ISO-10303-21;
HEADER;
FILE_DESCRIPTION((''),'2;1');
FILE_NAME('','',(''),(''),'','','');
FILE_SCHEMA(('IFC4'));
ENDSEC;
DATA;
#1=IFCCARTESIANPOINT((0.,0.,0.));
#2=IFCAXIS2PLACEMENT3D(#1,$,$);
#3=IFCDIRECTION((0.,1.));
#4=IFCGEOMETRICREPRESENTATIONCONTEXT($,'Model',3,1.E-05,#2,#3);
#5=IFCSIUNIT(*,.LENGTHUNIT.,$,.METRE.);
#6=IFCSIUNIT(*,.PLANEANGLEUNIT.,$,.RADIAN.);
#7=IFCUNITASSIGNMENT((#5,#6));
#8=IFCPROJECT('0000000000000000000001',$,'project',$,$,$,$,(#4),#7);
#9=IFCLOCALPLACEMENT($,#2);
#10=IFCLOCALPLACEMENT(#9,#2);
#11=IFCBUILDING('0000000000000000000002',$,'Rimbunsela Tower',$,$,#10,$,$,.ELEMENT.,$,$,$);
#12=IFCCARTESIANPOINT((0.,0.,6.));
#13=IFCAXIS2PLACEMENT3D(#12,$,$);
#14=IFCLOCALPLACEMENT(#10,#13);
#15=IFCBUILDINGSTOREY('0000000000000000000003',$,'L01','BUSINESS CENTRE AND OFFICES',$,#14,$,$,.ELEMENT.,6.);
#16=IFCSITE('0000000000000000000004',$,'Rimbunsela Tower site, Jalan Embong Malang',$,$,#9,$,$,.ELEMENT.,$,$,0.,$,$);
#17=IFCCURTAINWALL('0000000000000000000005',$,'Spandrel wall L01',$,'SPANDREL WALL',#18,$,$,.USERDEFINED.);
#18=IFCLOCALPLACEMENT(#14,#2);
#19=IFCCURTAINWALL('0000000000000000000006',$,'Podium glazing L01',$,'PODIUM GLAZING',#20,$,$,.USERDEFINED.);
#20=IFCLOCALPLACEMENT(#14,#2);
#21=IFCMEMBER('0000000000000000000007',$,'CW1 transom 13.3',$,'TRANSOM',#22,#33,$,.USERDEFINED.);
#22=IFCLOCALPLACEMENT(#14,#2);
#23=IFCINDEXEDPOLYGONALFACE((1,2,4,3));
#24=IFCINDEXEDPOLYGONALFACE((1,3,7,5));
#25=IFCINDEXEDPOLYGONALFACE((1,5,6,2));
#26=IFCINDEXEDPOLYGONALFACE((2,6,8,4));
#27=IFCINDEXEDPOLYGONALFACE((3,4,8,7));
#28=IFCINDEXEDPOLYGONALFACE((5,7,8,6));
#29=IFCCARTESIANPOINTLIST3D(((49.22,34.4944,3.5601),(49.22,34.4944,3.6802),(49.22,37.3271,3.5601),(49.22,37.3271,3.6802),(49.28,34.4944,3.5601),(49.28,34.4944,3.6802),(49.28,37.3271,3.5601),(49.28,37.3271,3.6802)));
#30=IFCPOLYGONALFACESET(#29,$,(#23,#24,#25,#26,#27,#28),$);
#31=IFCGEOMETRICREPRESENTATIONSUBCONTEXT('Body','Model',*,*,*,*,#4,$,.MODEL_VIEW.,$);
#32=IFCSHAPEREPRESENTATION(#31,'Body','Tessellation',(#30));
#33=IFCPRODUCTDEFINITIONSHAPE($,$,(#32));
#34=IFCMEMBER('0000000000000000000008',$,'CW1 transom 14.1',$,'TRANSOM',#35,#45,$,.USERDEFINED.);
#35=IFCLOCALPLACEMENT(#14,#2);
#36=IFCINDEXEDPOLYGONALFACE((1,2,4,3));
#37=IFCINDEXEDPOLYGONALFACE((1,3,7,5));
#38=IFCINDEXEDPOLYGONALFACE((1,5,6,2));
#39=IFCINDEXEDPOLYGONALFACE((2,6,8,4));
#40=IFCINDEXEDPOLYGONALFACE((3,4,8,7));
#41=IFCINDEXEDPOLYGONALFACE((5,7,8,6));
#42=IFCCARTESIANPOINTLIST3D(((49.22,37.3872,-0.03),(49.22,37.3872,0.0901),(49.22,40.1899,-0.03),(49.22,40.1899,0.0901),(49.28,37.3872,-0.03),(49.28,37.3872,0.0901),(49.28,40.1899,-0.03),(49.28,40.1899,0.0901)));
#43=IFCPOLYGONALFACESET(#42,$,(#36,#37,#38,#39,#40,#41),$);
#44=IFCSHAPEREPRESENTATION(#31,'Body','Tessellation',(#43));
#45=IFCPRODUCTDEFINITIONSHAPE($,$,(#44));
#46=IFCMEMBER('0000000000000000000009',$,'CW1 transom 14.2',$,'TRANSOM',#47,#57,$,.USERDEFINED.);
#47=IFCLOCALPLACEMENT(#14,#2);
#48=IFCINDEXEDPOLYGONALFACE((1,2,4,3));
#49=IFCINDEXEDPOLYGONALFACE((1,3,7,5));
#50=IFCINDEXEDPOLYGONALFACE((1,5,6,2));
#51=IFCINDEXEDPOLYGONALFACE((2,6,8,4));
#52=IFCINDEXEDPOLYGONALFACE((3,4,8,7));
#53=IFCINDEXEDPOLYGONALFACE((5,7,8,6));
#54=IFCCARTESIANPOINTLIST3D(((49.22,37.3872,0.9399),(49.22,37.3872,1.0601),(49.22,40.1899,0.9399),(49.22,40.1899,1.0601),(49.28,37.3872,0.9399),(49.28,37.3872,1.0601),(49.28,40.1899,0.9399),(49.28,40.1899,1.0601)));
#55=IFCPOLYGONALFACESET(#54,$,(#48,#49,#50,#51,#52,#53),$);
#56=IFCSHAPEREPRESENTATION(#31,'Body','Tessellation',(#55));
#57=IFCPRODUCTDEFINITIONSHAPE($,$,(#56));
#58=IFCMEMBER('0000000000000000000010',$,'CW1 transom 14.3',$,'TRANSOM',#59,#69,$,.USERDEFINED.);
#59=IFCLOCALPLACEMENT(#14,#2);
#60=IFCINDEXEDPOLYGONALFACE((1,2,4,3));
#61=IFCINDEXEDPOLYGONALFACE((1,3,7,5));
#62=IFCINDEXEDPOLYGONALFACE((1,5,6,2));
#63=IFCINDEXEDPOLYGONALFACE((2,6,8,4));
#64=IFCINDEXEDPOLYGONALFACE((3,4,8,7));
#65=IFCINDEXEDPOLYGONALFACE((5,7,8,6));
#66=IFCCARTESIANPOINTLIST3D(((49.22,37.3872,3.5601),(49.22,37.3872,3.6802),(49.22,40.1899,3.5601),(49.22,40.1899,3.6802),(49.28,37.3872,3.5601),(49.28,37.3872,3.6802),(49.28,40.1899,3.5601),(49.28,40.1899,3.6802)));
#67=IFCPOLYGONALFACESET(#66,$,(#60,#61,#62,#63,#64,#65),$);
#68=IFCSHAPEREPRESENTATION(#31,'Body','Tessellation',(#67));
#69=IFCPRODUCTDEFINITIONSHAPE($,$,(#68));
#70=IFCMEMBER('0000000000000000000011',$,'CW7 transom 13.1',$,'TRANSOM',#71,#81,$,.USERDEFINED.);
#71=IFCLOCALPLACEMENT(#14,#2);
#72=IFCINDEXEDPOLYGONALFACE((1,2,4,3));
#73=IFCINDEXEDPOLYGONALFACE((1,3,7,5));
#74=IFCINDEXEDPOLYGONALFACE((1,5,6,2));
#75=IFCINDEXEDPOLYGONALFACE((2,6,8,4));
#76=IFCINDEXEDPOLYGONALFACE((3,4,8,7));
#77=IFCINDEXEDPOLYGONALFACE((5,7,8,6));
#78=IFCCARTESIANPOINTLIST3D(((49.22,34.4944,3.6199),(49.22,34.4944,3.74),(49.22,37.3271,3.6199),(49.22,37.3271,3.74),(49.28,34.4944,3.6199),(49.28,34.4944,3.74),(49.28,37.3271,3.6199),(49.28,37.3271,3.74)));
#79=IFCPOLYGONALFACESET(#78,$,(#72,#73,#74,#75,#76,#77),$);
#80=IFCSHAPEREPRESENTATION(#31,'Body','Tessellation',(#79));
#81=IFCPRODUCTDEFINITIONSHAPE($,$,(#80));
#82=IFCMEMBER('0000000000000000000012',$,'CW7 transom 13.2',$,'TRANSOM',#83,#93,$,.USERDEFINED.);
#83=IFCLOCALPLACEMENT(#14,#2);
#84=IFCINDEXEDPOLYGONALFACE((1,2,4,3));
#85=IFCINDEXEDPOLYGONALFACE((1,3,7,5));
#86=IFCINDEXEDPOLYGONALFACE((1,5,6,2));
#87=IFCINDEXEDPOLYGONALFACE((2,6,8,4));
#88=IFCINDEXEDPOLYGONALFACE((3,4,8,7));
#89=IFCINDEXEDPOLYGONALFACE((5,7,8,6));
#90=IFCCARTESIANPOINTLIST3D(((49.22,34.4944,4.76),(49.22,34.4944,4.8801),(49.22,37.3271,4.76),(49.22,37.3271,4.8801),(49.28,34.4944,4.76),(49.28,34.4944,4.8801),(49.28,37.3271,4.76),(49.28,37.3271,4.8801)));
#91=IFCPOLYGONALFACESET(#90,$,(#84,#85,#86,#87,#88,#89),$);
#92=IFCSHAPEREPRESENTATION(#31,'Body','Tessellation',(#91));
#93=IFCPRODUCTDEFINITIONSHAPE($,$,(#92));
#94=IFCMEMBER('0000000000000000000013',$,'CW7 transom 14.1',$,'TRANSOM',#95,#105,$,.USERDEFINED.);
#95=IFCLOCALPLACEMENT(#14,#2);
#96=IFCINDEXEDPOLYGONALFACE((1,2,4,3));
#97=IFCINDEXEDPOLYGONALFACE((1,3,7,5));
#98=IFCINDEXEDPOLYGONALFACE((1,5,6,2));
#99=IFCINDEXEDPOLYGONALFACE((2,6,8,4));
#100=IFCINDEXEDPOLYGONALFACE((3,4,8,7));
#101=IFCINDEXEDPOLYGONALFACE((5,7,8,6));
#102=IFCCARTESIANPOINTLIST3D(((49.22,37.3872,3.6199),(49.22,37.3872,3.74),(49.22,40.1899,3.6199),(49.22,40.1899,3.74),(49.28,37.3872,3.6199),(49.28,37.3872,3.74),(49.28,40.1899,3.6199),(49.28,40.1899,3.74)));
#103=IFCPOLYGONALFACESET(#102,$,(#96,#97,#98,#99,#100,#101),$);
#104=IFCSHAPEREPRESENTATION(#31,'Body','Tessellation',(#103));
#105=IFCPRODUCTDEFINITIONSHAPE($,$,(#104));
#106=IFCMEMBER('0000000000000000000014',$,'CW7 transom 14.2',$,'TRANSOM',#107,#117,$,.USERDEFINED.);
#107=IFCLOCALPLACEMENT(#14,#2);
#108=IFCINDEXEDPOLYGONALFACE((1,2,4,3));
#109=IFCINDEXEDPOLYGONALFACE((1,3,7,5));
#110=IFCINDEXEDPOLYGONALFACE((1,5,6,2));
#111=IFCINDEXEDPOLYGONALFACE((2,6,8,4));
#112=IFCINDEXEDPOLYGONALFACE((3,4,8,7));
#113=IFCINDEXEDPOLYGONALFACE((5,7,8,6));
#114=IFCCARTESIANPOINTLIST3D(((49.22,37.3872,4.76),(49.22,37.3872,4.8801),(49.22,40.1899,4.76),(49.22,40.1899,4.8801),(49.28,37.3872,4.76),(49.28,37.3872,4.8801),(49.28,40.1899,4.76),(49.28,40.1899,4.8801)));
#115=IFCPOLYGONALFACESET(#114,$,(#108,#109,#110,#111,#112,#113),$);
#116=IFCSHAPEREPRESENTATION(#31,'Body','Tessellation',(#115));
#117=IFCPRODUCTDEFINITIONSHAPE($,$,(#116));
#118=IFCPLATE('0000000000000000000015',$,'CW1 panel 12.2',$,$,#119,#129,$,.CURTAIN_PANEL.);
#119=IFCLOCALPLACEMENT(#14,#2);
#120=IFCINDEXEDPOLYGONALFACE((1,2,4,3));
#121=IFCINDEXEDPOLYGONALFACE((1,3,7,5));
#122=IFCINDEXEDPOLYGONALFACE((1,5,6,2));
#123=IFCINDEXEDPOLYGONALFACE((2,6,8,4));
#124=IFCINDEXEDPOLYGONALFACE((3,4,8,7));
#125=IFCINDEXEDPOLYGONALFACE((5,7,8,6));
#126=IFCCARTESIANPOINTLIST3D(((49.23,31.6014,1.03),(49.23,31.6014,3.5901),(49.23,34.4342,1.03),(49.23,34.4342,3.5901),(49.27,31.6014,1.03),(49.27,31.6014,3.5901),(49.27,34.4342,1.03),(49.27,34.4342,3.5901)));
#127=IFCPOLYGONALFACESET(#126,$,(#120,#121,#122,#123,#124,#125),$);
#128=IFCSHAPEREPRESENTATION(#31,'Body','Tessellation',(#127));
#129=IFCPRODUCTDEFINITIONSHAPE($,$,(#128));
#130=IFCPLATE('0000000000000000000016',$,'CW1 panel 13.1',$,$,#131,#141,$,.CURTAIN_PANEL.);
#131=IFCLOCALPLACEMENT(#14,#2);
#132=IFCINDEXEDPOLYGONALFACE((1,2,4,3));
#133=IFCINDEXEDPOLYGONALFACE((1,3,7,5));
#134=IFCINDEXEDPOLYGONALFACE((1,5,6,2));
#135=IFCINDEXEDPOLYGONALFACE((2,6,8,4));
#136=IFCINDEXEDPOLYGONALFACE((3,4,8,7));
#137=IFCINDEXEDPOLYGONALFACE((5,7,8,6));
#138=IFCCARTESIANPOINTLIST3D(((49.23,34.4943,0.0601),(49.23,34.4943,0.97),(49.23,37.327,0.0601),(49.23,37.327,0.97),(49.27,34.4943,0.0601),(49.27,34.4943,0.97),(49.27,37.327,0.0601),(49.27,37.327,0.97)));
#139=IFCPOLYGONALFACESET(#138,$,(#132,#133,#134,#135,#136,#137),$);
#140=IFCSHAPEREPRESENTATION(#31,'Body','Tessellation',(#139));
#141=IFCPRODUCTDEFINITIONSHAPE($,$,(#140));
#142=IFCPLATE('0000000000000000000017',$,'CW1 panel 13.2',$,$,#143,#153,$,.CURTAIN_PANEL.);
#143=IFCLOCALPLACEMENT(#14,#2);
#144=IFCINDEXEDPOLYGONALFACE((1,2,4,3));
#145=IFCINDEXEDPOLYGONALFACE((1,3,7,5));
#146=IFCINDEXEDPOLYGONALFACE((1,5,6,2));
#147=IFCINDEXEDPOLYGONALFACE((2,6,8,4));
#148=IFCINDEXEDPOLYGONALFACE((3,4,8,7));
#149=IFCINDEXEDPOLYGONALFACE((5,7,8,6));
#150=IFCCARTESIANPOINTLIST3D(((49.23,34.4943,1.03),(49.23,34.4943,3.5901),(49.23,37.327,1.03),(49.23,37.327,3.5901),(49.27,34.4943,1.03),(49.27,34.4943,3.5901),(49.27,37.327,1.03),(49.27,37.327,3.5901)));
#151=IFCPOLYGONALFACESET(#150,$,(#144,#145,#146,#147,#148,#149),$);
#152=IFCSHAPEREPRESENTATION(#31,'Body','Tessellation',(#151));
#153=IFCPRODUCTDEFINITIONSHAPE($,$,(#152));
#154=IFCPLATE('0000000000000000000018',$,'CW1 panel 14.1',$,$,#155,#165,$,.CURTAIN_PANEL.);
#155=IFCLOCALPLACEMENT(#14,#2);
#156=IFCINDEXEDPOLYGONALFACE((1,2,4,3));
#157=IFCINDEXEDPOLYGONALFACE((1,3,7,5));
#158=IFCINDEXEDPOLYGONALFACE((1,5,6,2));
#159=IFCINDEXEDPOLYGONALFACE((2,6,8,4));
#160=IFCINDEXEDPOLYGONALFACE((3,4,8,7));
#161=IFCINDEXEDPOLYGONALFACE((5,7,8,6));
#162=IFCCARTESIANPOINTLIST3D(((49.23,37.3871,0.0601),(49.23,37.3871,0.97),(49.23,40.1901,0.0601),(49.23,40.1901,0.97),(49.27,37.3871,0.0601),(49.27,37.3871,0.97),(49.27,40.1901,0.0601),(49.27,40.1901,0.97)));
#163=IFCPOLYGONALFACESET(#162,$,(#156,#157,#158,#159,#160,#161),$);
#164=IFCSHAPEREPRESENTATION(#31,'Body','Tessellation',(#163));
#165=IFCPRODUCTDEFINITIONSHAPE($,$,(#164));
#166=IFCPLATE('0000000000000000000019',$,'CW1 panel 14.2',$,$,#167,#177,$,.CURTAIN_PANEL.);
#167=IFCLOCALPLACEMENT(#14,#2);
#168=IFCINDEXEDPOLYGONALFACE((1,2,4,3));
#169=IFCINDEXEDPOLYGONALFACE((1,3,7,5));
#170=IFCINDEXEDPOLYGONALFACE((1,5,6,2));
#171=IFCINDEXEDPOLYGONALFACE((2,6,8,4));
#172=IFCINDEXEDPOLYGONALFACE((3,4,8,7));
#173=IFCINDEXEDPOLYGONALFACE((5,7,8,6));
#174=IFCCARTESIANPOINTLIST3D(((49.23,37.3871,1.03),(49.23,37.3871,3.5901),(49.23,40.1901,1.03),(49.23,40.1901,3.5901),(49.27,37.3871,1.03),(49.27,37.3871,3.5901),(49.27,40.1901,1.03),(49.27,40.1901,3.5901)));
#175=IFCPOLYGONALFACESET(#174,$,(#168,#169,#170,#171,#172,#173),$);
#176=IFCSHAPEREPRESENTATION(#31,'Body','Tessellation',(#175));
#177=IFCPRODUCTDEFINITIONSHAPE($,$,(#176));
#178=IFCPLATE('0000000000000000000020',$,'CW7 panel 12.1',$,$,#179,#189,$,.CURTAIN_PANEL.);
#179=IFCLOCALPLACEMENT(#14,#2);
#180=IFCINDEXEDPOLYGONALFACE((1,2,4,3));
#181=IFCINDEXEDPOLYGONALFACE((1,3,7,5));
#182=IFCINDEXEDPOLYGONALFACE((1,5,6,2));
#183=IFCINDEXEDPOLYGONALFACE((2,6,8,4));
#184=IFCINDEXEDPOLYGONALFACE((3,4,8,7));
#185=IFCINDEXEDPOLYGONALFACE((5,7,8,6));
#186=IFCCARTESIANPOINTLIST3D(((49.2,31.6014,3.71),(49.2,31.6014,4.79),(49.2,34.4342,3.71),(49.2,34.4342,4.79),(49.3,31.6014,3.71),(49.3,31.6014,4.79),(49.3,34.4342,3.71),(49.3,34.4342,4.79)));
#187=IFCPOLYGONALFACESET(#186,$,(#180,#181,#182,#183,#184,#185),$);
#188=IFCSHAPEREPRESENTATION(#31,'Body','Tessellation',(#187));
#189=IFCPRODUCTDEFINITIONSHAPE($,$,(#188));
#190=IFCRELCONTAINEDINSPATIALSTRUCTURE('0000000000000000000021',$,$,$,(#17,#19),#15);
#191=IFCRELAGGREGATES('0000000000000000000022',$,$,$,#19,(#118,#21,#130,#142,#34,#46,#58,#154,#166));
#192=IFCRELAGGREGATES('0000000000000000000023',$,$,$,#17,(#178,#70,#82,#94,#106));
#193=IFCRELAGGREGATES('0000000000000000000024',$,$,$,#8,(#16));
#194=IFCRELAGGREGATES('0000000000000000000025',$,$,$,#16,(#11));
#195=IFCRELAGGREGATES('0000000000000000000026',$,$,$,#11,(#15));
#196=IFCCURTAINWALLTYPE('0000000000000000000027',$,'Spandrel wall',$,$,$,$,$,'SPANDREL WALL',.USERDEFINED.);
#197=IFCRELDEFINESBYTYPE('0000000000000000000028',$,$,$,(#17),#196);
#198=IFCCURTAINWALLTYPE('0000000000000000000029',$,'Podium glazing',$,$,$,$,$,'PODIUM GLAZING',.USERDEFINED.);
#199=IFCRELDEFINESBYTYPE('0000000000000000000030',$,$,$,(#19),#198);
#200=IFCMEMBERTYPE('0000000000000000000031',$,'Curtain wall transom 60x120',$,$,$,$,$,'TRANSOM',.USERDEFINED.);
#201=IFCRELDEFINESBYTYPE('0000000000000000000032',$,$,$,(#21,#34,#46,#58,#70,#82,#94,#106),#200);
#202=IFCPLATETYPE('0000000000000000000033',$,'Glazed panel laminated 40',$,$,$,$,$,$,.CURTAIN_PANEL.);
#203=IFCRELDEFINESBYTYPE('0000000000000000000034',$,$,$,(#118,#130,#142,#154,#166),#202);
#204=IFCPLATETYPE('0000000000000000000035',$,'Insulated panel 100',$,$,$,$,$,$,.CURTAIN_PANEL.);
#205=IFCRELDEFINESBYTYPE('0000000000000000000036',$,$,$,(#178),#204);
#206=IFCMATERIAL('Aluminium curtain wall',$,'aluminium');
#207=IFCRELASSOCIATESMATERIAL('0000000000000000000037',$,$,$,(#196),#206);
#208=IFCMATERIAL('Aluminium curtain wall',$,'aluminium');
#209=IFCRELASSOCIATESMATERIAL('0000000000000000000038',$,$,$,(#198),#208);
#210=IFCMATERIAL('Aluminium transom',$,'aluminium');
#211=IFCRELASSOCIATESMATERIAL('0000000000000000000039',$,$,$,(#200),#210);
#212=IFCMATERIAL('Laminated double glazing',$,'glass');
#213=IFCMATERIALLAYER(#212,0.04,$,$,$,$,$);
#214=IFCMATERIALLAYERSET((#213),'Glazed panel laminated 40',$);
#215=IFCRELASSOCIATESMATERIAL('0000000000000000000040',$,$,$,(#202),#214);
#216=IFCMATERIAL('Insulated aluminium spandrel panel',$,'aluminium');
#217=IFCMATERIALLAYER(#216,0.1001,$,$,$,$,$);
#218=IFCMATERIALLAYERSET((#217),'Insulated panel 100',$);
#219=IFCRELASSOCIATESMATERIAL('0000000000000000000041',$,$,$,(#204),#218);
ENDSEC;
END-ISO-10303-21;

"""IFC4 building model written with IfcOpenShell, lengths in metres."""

from ifc_helpers import new_model, si_unit, direction, frame, origin, origin_2d, place, context, subcontext, project, spatial, rectangle, extrude, material, layer, layer_set, material_profile, profile_set, type_object, element, aggregate, save


model = new_model("IFC4")

# Units and contexts
model_context = context("Model", 3, precision=1e-05, world=origin(), true_north=direction((0.0, 1.0)))
body_context = subcontext(model_context, "Body", "Model", "MODEL_VIEW")
ifc_project = project(units=[si_unit("LENGTHUNIT", "METRE"), si_unit("PLANEANGLEUNIT", "RADIAN")], contexts=[model_context])

# Site, building, storey
site_placement = place(None, origin())
site = spatial("IfcSite", under=ifc_project, at=site_placement, Name="Rimbunsela Tower site, Jalan Embong Malang", CompositionType="ELEMENT", RefElevation=0.0)
building_placement = place(site_placement, origin())
building = spatial("IfcBuilding", under=site, at=building_placement, Name="Rimbunsela Tower", CompositionType="ELEMENT")
storey_placement = place(building_placement, frame((0.0, 0.0, 6.0)))
storey = spatial("IfcBuildingStorey", under=building, at=storey_placement, Name="L01", Description="BUSINESS CENTRE AND OFFICES", CompositionType="ELEMENT", Elevation=6.0)

# Curtain walls, members
ifc_material_1 = material(Name="Aluminium curtain wall", Category="aluminium")
curtain_wall_type_1 = type_object("IfcCurtainWallType", Name="Spandrel wall", ElementType="SPANDREL WALL", PredefinedType="USERDEFINED", material=ifc_material_1)
curtain_wall_1_placement = place(storey_placement, origin())
curtain_wall_1 = element("IfcCurtainWall", 1, at=curtain_wall_1_placement, inside=storey, type_object=curtain_wall_type_1, Name="Spandrel wall L01", ObjectType="SPANDREL WALL", PredefinedType="USERDEFINED")
ifc_material_2 = material(Name="Aluminium curtain wall", Category="aluminium")
curtain_wall_type_2 = type_object("IfcCurtainWallType", Name="Podium glazing", ElementType="PODIUM GLAZING", PredefinedType="USERDEFINED", material=ifc_material_2)
curtain_wall_2_placement = place(storey_placement, origin())
curtain_wall_2 = element("IfcCurtainWall", 2, at=curtain_wall_2_placement, inside=storey, type_object=curtain_wall_type_2, Name="Podium glazing L01", ObjectType="PODIUM GLAZING", PredefinedType="USERDEFINED")
ifc_material_3 = material(Name="Aluminium transom", Category="aluminium")
ifc_material_profile_1 = material_profile(ifc_material_3, rectangle(XDim=0.0601, YDim=0.1201, at=origin_2d()), Name="Transom 60x120")
ifc_profile_set_1 = profile_set([ifc_material_profile_1], Name="Aluminium transom")
member_type_1 = type_object("IfcMemberType", Name="Curtain wall transom 60x120", ElementType="TRANSOM", PredefinedType="USERDEFINED", material=ifc_profile_set_1)
member_1_placement = place(storey_placement, frame((49.25, 34.4944, 3.6201), z_axis=(0.0, 1.0, 0.0), x_axis=(-1.0, 0.0, 0.0)))
member_1 = element("IfcMember", 3, at=member_1_placement, type_object=member_type_1, Name="CW1 transom 13.3", ObjectType="TRANSOM", PredefinedType="USERDEFINED", context=body_context, shape_type="SweptSolid", body=[
    extrude(rectangle(XDim=0.0601, YDim=0.1201, at=origin_2d()), origin(), (0.0, 0.0, 1.0), 2.8328),
])
member_2_placement = place(storey_placement, frame((49.25, 37.3872, 0.03), z_axis=(0.0, 1.0, 0.0), x_axis=(-1.0, 0.0, 0.0)))
member_2 = element("IfcMember", 4, at=member_2_placement, type_object=member_type_1, Name="CW1 transom 14.1", ObjectType="TRANSOM", PredefinedType="USERDEFINED", context=body_context, shape_type="SweptSolid", body=[
    extrude(rectangle(XDim=0.0601, YDim=0.1201, at=origin_2d()), origin(), (0.0, 0.0, 1.0), 2.8027),
])
member_3_placement = place(storey_placement, frame((49.25, 37.3872, 1.0), z_axis=(0.0, 1.0, 0.0), x_axis=(-1.0, 0.0, 0.0)))
member_3 = element("IfcMember", 5, at=member_3_placement, type_object=member_type_1, Name="CW1 transom 14.2", ObjectType="TRANSOM", PredefinedType="USERDEFINED", context=body_context, shape_type="SweptSolid", body=[
    extrude(rectangle(XDim=0.0601, YDim=0.1201, at=origin_2d()), origin(), (0.0, 0.0, 1.0), 2.8027),
])
member_4_placement = place(storey_placement, frame((49.25, 37.3872, 3.6201), z_axis=(0.0, 1.0, 0.0), x_axis=(-1.0, 0.0, 0.0)))
member_4 = element("IfcMember", 6, at=member_4_placement, type_object=member_type_1, Name="CW1 transom 14.3", ObjectType="TRANSOM", PredefinedType="USERDEFINED", context=body_context, shape_type="SweptSolid", body=[
    extrude(rectangle(XDim=0.0601, YDim=0.1201, at=origin_2d()), origin(), (0.0, 0.0, 1.0), 2.8027),
])

# Members
member_5_placement = place(storey_placement, frame((49.25, 34.4944, 3.6799), z_axis=(0.0, 1.0, 0.0), x_axis=(-1.0, 0.0, 0.0)))
member_5 = element("IfcMember", 7, at=member_5_placement, type_object=member_type_1, Name="CW7 transom 13.1", ObjectType="TRANSOM", PredefinedType="USERDEFINED", context=body_context, shape_type="SweptSolid", body=[
    extrude(rectangle(XDim=0.0601, YDim=0.1201, at=origin_2d()), origin(), (0.0, 0.0, 1.0), 2.8328),
])
member_6_placement = place(storey_placement, frame((49.25, 34.4944, 4.8201), z_axis=(0.0, 1.0, 0.0), x_axis=(-1.0, 0.0, 0.0)))
member_6 = element("IfcMember", 8, at=member_6_placement, type_object=member_type_1, Name="CW7 transom 13.2", ObjectType="TRANSOM", PredefinedType="USERDEFINED", context=body_context, shape_type="SweptSolid", body=[
    extrude(rectangle(XDim=0.0601, YDim=0.1201, at=origin_2d()), origin(), (0.0, 0.0, 1.0), 2.8328),
])
member_7_placement = place(storey_placement, frame((49.25, 37.3872, 3.6799), z_axis=(0.0, 1.0, 0.0), x_axis=(-1.0, 0.0, 0.0)))
member_7 = element("IfcMember", 9, at=member_7_placement, type_object=member_type_1, Name="CW7 transom 14.1", ObjectType="TRANSOM", PredefinedType="USERDEFINED", context=body_context, shape_type="SweptSolid", body=[
    extrude(rectangle(XDim=0.0601, YDim=0.1201, at=origin_2d()), origin(), (0.0, 0.0, 1.0), 2.8027),
])
member_8_placement = place(storey_placement, frame((49.25, 37.3872, 4.8201), z_axis=(0.0, 1.0, 0.0), x_axis=(-1.0, 0.0, 0.0)))
member_8 = element("IfcMember", 10, at=member_8_placement, type_object=member_type_1, Name="CW7 transom 14.2", ObjectType="TRANSOM", PredefinedType="USERDEFINED", context=body_context, shape_type="SweptSolid", body=[
    extrude(rectangle(XDim=0.0601, YDim=0.1201, at=origin_2d()), origin(), (0.0, 0.0, 1.0), 2.8027),
])

# Plates
ifc_material_4 = material(Name="Laminated double glazing", Category="glass")
ifc_layer_1 = layer(ifc_material_4, 0.04)
ifc_layer_set_1 = layer_set([ifc_layer_1], Name="Glazed panel laminated 40")
plate_type_1 = type_object("IfcPlateType", Name="Glazed panel laminated 40", PredefinedType="CURTAIN_PANEL", material=ifc_layer_set_1)
plate_1_placement = place(storey_placement, frame((49.25, 33.0178, 1.03), z_axis=(0.0, 0.0, 1.0), x_axis=(0.0, 1.0, 0.0)))
plate_1 = element("IfcPlate", 11, at=plate_1_placement, type_object=plate_type_1, Name="CW1 panel 12.2", PredefinedType="CURTAIN_PANEL", context=body_context, shape_type="SweptSolid", body=[
    extrude(rectangle(XDim=2.8328, YDim=0.04, at=origin_2d()), origin(), (0.0, 0.0, 1.0), 2.5601),
])
plate_2_placement = place(storey_placement, frame((49.25, 35.9106, 0.0601), z_axis=(0.0, 0.0, 1.0), x_axis=(0.0, 1.0, 0.0)))
plate_2 = element("IfcPlate", 12, at=plate_2_placement, type_object=plate_type_1, Name="CW1 panel 13.1", PredefinedType="CURTAIN_PANEL", context=body_context, shape_type="SweptSolid", body=[
    extrude(rectangle(XDim=2.8328, YDim=0.04, at=origin_2d()), origin(), (0.0, 0.0, 1.0), 0.9099),
])
plate_3_placement = place(storey_placement, frame((49.25, 35.9106, 1.03), z_axis=(0.0, 0.0, 1.0), x_axis=(0.0, 1.0, 0.0)))
plate_3 = element("IfcPlate", 13, at=plate_3_placement, type_object=plate_type_1, Name="CW1 panel 13.2", PredefinedType="CURTAIN_PANEL", context=body_context, shape_type="SweptSolid", body=[
    extrude(rectangle(XDim=2.8328, YDim=0.04, at=origin_2d()), origin(), (0.0, 0.0, 1.0), 2.5601),
])
plate_4_placement = place(storey_placement, frame((49.25, 38.7886, 0.0601), z_axis=(0.0, 0.0, 1.0), x_axis=(0.0, 1.0, 0.0)))
plate_4 = element("IfcPlate", 14, at=plate_4_placement, type_object=plate_type_1, Name="CW1 panel 14.1", PredefinedType="CURTAIN_PANEL", context=body_context, shape_type="SweptSolid", body=[
    extrude(rectangle(XDim=2.803, YDim=0.04, at=origin_2d()), origin(), (0.0, 0.0, 1.0), 0.9099),
])
plate_5_placement = place(storey_placement, frame((49.25, 38.7886, 1.03), z_axis=(0.0, 0.0, 1.0), x_axis=(0.0, 1.0, 0.0)))
plate_5 = element("IfcPlate", 15, at=plate_5_placement, type_object=plate_type_1, Name="CW1 panel 14.2", PredefinedType="CURTAIN_PANEL", context=body_context, shape_type="SweptSolid", body=[
    extrude(rectangle(XDim=2.803, YDim=0.04, at=origin_2d()), origin(), (0.0, 0.0, 1.0), 2.5601),
])
aggregate(curtain_wall_2, [plate_1, member_1, plate_2, plate_3, member_2, member_3, member_4, plate_4, plate_5])
ifc_material_5 = material(Name="Insulated aluminium spandrel panel", Category="aluminium")
ifc_layer_2 = layer(ifc_material_5, 0.1001)
ifc_layer_set_2 = layer_set([ifc_layer_2], Name="Insulated panel 100")
plate_type_2 = type_object("IfcPlateType", Name="Insulated panel 100", PredefinedType="CURTAIN_PANEL", material=ifc_layer_set_2)
plate_6_placement = place(storey_placement, frame((49.25, 33.0178, 3.71), z_axis=(0.0, 0.0, 1.0), x_axis=(0.0, 1.0, 0.0)))
plate_6 = element("IfcPlate", 16, at=plate_6_placement, type_object=plate_type_2, Name="CW7 panel 12.1", PredefinedType="CURTAIN_PANEL", context=body_context, shape_type="SweptSolid", body=[
    extrude(rectangle(XDim=2.8328, YDim=0.1001, at=origin_2d()), origin(), (0.0, 0.0, 1.0), 1.0801),
])
aggregate(curtain_wall_1, [plate_6, member_5, member_6, member_7, member_8])

save(model, "model.ifc")
